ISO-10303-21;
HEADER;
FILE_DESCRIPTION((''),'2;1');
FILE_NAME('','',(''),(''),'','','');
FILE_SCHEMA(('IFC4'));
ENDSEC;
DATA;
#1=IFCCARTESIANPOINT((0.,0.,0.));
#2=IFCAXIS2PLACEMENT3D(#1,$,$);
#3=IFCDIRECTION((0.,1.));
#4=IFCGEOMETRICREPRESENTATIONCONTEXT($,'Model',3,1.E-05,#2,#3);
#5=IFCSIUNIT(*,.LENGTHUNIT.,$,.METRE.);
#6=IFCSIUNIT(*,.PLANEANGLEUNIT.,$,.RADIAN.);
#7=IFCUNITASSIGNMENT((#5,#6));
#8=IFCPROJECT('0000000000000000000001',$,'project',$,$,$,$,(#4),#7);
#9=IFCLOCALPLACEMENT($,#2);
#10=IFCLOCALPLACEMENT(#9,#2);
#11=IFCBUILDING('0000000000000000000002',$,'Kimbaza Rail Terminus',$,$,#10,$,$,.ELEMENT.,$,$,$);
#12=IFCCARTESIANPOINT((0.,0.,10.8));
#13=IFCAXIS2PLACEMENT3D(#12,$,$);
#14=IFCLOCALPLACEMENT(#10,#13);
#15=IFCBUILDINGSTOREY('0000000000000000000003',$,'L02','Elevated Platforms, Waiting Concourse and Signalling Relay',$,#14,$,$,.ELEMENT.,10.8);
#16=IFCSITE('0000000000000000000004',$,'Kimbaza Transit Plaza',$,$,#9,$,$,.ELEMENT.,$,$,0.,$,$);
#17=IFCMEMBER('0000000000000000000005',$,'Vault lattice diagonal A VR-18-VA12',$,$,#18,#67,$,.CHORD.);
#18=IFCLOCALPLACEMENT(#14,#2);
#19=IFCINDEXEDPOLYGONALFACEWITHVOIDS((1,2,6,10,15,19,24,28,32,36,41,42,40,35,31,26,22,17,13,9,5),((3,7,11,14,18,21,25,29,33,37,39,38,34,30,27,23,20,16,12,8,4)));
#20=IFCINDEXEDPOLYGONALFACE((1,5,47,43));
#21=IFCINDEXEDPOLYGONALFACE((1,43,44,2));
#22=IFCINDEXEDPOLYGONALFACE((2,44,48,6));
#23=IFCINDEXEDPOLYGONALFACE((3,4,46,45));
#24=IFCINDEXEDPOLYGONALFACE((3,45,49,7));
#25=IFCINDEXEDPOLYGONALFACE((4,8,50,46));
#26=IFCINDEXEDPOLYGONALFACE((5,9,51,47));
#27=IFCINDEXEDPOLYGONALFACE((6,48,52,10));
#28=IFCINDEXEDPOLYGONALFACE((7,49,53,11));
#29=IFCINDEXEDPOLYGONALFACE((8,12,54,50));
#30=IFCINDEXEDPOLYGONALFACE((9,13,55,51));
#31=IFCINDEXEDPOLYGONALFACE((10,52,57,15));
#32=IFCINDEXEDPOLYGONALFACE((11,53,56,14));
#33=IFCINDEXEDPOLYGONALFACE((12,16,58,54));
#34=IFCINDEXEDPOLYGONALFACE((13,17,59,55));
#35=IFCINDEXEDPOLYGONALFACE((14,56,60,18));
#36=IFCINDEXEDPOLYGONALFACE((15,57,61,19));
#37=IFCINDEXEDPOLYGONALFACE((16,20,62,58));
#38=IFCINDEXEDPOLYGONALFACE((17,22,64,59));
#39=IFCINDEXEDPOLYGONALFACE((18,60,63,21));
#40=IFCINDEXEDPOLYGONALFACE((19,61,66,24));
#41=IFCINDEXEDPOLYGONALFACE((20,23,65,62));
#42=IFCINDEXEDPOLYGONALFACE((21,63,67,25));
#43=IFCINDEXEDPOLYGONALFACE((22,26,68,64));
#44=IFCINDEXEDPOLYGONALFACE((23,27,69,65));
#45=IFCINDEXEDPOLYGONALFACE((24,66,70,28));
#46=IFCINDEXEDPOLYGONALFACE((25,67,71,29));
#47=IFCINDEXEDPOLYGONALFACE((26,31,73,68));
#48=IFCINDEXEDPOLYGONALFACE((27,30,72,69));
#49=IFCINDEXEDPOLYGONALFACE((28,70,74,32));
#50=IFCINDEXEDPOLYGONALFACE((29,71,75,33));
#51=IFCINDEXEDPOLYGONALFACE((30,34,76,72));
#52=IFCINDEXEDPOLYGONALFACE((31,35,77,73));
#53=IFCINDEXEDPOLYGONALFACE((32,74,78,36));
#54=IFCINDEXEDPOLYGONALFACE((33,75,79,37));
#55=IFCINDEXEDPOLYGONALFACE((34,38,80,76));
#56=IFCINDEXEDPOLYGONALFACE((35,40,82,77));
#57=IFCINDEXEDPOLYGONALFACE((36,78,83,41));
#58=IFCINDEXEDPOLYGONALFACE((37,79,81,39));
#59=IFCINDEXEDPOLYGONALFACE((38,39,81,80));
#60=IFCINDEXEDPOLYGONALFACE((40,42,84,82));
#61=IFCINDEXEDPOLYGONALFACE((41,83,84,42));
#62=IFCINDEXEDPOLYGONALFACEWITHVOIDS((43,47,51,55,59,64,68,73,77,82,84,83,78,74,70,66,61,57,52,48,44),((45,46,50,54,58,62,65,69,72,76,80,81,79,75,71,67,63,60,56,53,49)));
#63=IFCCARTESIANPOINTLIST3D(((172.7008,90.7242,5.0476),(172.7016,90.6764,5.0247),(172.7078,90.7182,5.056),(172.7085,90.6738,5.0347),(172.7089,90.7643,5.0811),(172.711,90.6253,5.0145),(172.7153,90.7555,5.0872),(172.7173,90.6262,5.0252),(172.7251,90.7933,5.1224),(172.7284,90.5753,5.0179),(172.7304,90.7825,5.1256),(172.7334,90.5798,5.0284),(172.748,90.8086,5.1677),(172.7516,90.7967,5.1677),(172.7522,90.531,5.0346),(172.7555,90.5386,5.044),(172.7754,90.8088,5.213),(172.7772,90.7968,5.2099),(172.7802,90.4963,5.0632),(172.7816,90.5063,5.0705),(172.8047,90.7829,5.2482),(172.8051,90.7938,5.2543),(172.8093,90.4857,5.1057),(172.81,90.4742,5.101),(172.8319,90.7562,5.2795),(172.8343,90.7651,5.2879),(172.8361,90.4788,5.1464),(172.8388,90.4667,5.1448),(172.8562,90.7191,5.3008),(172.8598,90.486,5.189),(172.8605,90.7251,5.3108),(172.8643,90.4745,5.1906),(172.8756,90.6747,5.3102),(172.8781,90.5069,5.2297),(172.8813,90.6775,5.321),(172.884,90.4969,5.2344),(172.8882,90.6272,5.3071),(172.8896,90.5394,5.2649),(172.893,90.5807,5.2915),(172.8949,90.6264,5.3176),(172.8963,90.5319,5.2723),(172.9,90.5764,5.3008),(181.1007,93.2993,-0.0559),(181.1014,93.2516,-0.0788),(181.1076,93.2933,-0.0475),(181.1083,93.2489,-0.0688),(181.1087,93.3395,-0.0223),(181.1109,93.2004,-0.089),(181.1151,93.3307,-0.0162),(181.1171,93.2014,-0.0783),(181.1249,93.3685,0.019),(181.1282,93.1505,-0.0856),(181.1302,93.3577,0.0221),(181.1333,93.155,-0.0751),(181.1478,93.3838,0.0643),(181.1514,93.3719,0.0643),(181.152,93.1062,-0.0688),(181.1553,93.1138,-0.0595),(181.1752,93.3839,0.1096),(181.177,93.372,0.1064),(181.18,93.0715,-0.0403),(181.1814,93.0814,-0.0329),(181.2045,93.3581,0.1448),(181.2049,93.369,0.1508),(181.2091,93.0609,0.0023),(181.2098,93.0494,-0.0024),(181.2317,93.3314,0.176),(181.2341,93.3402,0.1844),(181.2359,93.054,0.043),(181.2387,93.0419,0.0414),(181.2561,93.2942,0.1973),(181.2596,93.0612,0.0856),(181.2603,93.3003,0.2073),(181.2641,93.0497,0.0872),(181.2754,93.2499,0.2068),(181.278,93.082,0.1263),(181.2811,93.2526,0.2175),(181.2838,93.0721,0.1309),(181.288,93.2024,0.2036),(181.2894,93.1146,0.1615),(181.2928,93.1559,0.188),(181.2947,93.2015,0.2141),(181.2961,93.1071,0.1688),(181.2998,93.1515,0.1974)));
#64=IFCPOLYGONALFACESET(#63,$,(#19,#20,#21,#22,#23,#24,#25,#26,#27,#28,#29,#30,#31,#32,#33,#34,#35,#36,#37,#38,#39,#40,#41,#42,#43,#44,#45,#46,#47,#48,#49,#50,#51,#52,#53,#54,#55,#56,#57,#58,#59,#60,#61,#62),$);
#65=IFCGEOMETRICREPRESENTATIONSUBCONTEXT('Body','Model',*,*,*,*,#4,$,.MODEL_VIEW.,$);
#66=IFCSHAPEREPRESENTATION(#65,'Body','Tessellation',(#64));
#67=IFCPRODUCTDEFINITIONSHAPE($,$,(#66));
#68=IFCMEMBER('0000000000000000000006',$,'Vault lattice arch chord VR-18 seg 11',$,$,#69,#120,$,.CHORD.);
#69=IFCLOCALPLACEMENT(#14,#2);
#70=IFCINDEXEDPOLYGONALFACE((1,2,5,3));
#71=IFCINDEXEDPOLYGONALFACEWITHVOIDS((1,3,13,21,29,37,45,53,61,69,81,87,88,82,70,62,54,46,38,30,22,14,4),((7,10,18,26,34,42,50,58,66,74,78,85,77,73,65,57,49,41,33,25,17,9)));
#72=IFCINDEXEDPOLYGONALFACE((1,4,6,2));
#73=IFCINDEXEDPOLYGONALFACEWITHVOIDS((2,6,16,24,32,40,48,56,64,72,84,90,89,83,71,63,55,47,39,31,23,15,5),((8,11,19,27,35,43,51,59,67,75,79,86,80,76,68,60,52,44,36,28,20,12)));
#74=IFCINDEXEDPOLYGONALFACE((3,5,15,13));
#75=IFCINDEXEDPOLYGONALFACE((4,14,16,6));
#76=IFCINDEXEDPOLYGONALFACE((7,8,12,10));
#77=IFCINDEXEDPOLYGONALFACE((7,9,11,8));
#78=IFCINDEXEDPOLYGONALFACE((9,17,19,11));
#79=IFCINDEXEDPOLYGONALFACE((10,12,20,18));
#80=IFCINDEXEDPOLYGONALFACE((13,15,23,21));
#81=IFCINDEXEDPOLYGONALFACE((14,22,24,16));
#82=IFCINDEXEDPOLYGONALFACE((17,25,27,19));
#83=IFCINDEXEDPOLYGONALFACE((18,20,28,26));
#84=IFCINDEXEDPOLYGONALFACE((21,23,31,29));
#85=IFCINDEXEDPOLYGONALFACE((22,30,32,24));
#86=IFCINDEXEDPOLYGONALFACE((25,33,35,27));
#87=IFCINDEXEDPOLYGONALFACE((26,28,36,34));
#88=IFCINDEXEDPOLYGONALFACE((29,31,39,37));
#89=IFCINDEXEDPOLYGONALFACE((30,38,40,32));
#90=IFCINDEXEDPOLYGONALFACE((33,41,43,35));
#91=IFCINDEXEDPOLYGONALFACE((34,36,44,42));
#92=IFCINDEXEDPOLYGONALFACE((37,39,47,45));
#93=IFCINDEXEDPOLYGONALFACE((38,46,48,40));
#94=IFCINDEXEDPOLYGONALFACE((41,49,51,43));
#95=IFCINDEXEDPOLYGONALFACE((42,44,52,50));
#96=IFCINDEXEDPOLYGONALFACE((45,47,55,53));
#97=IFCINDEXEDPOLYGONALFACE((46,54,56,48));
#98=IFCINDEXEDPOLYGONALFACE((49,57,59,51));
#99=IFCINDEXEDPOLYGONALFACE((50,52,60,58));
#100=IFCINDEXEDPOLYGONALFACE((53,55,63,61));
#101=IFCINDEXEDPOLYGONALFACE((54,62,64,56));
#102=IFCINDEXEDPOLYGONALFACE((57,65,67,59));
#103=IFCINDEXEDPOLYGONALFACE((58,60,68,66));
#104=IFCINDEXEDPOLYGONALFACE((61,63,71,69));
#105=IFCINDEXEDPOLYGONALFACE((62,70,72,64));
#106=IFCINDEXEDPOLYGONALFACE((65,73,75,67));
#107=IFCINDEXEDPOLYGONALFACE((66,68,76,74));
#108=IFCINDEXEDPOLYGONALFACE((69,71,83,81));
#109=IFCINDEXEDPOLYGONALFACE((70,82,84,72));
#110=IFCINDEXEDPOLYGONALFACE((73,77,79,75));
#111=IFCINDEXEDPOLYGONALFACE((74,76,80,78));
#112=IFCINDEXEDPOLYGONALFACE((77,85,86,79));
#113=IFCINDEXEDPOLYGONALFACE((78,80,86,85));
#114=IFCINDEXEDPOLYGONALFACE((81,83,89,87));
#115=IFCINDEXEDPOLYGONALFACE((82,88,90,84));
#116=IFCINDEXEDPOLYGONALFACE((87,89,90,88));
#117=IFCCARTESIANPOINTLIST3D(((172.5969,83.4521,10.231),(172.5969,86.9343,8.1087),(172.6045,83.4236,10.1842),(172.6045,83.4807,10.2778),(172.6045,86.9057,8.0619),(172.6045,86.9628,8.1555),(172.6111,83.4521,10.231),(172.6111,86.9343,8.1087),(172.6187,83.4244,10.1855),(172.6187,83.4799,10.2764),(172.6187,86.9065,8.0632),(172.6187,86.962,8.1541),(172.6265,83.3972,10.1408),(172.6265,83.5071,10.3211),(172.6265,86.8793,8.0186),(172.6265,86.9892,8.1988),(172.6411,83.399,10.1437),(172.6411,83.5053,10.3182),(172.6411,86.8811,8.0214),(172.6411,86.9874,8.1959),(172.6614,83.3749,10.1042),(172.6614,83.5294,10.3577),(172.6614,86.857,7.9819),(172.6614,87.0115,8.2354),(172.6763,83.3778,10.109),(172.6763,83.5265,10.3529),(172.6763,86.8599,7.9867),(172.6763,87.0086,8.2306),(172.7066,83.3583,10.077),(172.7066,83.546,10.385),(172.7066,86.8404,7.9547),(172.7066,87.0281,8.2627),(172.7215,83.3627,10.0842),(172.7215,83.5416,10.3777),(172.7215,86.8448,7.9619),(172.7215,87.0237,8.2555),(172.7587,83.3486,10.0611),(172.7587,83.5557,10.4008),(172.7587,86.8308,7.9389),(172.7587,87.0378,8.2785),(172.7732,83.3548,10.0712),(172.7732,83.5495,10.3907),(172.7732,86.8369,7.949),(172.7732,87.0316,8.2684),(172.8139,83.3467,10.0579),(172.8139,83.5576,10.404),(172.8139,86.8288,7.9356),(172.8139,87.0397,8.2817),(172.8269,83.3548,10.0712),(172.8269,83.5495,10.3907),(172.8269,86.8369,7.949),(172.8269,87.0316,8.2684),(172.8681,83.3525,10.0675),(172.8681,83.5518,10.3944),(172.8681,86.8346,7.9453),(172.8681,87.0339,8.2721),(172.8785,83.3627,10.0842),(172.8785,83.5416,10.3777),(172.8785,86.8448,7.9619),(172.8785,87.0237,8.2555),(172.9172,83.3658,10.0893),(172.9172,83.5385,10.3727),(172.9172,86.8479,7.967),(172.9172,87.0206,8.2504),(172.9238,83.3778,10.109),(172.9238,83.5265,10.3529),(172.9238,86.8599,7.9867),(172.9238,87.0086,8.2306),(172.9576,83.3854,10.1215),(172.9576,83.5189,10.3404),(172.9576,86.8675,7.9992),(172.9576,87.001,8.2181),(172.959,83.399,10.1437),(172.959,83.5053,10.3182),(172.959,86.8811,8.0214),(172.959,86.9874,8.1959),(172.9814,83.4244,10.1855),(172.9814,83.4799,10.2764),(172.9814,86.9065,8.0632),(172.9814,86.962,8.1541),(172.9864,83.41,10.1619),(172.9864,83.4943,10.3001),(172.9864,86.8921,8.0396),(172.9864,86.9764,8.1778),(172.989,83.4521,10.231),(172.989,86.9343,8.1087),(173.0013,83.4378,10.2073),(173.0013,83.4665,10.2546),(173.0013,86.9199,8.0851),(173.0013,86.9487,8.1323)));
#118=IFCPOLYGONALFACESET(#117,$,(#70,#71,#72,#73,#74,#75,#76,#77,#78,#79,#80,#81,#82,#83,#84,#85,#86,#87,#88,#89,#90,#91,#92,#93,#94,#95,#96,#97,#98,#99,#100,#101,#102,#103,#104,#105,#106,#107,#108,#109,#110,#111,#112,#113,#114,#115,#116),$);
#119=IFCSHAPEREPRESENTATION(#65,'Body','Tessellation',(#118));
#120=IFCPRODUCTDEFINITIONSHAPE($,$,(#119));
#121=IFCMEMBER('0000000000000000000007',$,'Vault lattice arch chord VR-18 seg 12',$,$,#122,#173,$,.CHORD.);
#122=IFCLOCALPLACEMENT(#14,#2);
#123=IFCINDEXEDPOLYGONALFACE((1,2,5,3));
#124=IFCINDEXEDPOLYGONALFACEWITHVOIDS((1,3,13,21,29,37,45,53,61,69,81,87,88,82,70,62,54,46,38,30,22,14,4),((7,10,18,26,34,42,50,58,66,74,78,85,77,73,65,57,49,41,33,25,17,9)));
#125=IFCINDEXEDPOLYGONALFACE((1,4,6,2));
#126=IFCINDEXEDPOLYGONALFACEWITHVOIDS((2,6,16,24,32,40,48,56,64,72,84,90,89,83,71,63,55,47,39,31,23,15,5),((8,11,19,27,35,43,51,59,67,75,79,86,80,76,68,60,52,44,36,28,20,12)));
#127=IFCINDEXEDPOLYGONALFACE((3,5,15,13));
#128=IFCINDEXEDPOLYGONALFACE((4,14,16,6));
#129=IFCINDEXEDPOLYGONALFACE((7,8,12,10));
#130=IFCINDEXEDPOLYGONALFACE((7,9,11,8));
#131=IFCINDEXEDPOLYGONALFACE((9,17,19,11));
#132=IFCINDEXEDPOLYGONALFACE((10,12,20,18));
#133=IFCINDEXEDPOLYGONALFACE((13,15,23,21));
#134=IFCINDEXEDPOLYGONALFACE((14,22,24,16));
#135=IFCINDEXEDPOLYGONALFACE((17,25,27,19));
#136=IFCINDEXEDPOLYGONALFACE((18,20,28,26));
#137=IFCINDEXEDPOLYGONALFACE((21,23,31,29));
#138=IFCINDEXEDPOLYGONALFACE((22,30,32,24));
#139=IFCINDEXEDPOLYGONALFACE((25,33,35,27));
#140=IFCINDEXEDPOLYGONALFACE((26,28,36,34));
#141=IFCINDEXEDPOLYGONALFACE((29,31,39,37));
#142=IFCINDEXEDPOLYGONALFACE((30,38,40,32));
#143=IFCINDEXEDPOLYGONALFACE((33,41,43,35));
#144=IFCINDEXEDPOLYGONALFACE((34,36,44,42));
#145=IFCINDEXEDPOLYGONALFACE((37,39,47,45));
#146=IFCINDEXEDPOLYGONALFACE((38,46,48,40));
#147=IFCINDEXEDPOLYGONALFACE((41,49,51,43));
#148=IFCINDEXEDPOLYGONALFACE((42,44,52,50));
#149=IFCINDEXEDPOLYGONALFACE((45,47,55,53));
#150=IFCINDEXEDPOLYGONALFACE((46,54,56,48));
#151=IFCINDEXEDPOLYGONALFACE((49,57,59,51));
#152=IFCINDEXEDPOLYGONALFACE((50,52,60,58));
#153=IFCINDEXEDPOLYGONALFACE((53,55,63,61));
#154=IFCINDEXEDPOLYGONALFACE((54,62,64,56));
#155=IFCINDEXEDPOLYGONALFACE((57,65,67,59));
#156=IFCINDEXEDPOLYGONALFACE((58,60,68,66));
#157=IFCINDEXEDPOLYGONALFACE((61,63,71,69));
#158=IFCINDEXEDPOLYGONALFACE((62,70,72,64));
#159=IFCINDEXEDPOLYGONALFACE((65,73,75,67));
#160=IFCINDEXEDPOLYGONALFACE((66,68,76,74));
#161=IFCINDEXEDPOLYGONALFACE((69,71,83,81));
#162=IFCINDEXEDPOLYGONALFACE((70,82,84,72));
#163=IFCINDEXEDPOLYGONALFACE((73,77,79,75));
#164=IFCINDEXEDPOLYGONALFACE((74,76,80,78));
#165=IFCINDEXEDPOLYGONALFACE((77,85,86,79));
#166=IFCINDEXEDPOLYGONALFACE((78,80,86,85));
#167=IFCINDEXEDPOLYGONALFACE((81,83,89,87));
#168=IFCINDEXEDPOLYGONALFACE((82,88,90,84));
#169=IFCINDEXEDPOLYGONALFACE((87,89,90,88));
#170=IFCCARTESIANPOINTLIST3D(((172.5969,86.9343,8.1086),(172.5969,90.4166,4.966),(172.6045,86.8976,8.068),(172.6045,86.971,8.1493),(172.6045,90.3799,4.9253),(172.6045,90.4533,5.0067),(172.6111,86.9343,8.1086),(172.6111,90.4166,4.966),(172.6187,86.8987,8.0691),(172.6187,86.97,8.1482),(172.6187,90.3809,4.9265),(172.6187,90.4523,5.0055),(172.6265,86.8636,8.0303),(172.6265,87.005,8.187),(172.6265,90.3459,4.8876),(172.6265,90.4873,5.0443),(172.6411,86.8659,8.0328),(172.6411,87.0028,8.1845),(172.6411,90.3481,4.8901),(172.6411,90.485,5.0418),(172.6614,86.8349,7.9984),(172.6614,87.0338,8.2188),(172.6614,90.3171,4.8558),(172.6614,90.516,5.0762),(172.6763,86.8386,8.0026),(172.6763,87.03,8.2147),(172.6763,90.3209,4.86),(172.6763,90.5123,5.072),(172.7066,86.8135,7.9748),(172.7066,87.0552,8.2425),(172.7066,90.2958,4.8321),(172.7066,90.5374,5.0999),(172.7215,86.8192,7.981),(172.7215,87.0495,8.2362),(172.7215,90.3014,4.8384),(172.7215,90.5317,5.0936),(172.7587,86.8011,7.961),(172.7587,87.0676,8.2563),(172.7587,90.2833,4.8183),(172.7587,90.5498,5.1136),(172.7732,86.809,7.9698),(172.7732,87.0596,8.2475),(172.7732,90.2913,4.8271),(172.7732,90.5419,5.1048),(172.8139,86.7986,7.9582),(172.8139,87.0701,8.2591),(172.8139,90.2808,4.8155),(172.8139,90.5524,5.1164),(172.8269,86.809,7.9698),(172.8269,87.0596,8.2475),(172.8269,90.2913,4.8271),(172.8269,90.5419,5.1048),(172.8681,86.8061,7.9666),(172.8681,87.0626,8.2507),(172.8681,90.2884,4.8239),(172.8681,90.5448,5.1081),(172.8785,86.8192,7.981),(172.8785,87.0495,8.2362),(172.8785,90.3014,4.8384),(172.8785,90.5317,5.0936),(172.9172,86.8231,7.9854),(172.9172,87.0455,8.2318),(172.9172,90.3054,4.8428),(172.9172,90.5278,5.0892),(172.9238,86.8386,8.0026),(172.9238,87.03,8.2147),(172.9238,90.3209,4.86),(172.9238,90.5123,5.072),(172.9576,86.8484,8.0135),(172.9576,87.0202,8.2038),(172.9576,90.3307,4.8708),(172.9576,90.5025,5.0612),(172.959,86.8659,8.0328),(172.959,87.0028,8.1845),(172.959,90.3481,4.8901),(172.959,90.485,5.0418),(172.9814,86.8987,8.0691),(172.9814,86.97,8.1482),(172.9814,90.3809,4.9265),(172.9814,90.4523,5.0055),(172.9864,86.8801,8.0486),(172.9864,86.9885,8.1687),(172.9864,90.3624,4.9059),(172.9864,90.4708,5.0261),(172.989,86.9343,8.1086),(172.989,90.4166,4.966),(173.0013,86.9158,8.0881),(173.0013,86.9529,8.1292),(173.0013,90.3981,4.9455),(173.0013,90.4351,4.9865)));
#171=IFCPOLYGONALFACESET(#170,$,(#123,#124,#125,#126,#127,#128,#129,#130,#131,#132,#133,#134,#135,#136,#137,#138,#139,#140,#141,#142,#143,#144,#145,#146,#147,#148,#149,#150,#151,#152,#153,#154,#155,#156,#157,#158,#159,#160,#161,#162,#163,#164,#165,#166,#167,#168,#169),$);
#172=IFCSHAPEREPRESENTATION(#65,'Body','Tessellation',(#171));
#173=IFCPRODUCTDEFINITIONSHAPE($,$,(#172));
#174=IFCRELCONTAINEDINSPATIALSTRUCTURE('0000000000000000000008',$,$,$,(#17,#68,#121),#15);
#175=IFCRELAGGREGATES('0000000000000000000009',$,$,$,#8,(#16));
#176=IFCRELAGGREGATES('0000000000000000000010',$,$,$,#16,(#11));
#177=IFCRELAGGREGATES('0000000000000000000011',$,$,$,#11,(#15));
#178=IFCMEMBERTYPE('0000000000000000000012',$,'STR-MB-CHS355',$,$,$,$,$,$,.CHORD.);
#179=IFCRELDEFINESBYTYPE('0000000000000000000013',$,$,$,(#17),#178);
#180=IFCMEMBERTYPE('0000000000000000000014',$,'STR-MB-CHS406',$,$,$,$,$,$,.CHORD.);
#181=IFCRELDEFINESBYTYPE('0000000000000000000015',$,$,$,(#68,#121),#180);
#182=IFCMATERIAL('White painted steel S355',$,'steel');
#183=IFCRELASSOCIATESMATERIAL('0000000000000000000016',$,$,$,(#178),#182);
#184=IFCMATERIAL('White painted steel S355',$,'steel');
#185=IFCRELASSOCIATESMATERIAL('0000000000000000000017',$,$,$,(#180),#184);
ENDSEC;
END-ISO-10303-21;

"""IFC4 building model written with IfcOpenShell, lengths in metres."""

from ifc_helpers import new_model, si_unit, direction, frame, origin, origin_2d, place, context, subcontext, project, spatial, hollow_circle, extrude, material, material_profile, profile_set, type_object, element, save


model = new_model("IFC4")

# Units and contexts
model_context = context("Model", 3, precision=1e-05, world=origin(), true_north=direction((0.0, 1.0)))
body_context = subcontext(model_context, "Body", "Model", "MODEL_VIEW")
ifc_project = project(units=[si_unit("LENGTHUNIT", "METRE"), si_unit("PLANEANGLEUNIT", "RADIAN")], contexts=[model_context])

# Site, building, storey
site_placement = place(None, origin())
site = spatial("IfcSite", under=ifc_project, at=site_placement, Name="Kimbaza Transit Plaza", CompositionType="ELEMENT", RefElevation=0.0)
building_placement = place(site_placement, origin())
building = spatial("IfcBuilding", under=site, at=building_placement, Name="Kimbaza Rail Terminus", CompositionType="ELEMENT")
storey_placement = place(building_placement, frame((0.0, 0.0, 10.8)))
storey = spatial("IfcBuildingStorey", under=building, at=storey_placement, Name="L02", Description="Elevated Platforms, Waiting Concourse and Signalling Relay", CompositionType="ELEMENT", Elevation=10.8)

# Members
ifc_material_1 = material(Name="White painted steel S355", Category="steel")
ifc_material_profile_1 = material_profile(ifc_material_1, hollow_circle(Radius=0.1777, WallThickness=0.0125, at=origin_2d()), Name="CHS 355.6x12.5")
ifc_profile_set_1 = profile_set([ifc_material_profile_1], Name="White painted steel S355")
member_type_1 = type_object("IfcMemberType", Name="STR-MB-CHS355", PredefinedType="CHORD", material=ifc_profile_set_1)
member_1_placement = place(storey_placement, frame((172.8, 90.6387, 5.1677), z_axis=(0.826721, 0.253452, -0.50229), x_axis=(-0.293109, 0.956079, 0.0)))
element("IfcMember", 1, at=member_1_placement, inside=storey, type_object=member_type_1, Name="Vault lattice diagonal A VR-18-VA12", PredefinedType="CHORD", context=body_context, shape_type="SweptSolid", body=[
    extrude(hollow_circle(Radius=0.1777, WallThickness=0.0125, at=origin_2d()), origin(), (0.0, 0.0, 1.0), 10.1604),
])
ifc_material_2 = material(Name="White painted steel S355", Category="steel")
ifc_material_profile_2 = material_profile(ifc_material_2, hollow_circle(Radius=0.2031, WallThickness=0.0142, at=origin_2d()), Name="CHS 406.4x14.2")
ifc_profile_set_2 = profile_set([ifc_material_profile_2], Name="White painted steel S355")
member_type_2 = type_object("IfcMemberType", Name="STR-MB-CHS406", PredefinedType="CHORD", material=ifc_profile_set_2)
member_2_placement = place(storey_placement, frame((172.8, 83.4521, 10.231), z_axis=(0.0, 0.853901, -0.520435), x_axis=(-1.0, 0.0, 0.0)))
element("IfcMember", 2, at=member_2_placement, inside=storey, type_object=member_type_2, Name="Vault lattice arch chord VR-18 seg 11", PredefinedType="CHORD", context=body_context, shape_type="SweptSolid", body=[
    extrude(hollow_circle(Radius=0.2031, WallThickness=0.0142, at=origin_2d()), origin(), (0.0, 0.0, 1.0), 4.0779),
])
member_3_placement = place(storey_placement, frame((172.8, 86.9343, 8.1086), z_axis=(0.0, 0.74238, -0.669979), x_axis=(-1.0, 0.0, 0.0)))
element("IfcMember", 3, at=member_3_placement, inside=storey, type_object=member_type_2, Name="Vault lattice arch chord VR-18 seg 12", PredefinedType="CHORD", context=body_context, shape_type="SweptSolid", body=[
    extrude(hollow_circle(Radius=0.2031, WallThickness=0.0142, at=origin_2d()), origin(), (0.0, 0.0, 1.0), 4.6907),
])

save(model, "model.ifc")
